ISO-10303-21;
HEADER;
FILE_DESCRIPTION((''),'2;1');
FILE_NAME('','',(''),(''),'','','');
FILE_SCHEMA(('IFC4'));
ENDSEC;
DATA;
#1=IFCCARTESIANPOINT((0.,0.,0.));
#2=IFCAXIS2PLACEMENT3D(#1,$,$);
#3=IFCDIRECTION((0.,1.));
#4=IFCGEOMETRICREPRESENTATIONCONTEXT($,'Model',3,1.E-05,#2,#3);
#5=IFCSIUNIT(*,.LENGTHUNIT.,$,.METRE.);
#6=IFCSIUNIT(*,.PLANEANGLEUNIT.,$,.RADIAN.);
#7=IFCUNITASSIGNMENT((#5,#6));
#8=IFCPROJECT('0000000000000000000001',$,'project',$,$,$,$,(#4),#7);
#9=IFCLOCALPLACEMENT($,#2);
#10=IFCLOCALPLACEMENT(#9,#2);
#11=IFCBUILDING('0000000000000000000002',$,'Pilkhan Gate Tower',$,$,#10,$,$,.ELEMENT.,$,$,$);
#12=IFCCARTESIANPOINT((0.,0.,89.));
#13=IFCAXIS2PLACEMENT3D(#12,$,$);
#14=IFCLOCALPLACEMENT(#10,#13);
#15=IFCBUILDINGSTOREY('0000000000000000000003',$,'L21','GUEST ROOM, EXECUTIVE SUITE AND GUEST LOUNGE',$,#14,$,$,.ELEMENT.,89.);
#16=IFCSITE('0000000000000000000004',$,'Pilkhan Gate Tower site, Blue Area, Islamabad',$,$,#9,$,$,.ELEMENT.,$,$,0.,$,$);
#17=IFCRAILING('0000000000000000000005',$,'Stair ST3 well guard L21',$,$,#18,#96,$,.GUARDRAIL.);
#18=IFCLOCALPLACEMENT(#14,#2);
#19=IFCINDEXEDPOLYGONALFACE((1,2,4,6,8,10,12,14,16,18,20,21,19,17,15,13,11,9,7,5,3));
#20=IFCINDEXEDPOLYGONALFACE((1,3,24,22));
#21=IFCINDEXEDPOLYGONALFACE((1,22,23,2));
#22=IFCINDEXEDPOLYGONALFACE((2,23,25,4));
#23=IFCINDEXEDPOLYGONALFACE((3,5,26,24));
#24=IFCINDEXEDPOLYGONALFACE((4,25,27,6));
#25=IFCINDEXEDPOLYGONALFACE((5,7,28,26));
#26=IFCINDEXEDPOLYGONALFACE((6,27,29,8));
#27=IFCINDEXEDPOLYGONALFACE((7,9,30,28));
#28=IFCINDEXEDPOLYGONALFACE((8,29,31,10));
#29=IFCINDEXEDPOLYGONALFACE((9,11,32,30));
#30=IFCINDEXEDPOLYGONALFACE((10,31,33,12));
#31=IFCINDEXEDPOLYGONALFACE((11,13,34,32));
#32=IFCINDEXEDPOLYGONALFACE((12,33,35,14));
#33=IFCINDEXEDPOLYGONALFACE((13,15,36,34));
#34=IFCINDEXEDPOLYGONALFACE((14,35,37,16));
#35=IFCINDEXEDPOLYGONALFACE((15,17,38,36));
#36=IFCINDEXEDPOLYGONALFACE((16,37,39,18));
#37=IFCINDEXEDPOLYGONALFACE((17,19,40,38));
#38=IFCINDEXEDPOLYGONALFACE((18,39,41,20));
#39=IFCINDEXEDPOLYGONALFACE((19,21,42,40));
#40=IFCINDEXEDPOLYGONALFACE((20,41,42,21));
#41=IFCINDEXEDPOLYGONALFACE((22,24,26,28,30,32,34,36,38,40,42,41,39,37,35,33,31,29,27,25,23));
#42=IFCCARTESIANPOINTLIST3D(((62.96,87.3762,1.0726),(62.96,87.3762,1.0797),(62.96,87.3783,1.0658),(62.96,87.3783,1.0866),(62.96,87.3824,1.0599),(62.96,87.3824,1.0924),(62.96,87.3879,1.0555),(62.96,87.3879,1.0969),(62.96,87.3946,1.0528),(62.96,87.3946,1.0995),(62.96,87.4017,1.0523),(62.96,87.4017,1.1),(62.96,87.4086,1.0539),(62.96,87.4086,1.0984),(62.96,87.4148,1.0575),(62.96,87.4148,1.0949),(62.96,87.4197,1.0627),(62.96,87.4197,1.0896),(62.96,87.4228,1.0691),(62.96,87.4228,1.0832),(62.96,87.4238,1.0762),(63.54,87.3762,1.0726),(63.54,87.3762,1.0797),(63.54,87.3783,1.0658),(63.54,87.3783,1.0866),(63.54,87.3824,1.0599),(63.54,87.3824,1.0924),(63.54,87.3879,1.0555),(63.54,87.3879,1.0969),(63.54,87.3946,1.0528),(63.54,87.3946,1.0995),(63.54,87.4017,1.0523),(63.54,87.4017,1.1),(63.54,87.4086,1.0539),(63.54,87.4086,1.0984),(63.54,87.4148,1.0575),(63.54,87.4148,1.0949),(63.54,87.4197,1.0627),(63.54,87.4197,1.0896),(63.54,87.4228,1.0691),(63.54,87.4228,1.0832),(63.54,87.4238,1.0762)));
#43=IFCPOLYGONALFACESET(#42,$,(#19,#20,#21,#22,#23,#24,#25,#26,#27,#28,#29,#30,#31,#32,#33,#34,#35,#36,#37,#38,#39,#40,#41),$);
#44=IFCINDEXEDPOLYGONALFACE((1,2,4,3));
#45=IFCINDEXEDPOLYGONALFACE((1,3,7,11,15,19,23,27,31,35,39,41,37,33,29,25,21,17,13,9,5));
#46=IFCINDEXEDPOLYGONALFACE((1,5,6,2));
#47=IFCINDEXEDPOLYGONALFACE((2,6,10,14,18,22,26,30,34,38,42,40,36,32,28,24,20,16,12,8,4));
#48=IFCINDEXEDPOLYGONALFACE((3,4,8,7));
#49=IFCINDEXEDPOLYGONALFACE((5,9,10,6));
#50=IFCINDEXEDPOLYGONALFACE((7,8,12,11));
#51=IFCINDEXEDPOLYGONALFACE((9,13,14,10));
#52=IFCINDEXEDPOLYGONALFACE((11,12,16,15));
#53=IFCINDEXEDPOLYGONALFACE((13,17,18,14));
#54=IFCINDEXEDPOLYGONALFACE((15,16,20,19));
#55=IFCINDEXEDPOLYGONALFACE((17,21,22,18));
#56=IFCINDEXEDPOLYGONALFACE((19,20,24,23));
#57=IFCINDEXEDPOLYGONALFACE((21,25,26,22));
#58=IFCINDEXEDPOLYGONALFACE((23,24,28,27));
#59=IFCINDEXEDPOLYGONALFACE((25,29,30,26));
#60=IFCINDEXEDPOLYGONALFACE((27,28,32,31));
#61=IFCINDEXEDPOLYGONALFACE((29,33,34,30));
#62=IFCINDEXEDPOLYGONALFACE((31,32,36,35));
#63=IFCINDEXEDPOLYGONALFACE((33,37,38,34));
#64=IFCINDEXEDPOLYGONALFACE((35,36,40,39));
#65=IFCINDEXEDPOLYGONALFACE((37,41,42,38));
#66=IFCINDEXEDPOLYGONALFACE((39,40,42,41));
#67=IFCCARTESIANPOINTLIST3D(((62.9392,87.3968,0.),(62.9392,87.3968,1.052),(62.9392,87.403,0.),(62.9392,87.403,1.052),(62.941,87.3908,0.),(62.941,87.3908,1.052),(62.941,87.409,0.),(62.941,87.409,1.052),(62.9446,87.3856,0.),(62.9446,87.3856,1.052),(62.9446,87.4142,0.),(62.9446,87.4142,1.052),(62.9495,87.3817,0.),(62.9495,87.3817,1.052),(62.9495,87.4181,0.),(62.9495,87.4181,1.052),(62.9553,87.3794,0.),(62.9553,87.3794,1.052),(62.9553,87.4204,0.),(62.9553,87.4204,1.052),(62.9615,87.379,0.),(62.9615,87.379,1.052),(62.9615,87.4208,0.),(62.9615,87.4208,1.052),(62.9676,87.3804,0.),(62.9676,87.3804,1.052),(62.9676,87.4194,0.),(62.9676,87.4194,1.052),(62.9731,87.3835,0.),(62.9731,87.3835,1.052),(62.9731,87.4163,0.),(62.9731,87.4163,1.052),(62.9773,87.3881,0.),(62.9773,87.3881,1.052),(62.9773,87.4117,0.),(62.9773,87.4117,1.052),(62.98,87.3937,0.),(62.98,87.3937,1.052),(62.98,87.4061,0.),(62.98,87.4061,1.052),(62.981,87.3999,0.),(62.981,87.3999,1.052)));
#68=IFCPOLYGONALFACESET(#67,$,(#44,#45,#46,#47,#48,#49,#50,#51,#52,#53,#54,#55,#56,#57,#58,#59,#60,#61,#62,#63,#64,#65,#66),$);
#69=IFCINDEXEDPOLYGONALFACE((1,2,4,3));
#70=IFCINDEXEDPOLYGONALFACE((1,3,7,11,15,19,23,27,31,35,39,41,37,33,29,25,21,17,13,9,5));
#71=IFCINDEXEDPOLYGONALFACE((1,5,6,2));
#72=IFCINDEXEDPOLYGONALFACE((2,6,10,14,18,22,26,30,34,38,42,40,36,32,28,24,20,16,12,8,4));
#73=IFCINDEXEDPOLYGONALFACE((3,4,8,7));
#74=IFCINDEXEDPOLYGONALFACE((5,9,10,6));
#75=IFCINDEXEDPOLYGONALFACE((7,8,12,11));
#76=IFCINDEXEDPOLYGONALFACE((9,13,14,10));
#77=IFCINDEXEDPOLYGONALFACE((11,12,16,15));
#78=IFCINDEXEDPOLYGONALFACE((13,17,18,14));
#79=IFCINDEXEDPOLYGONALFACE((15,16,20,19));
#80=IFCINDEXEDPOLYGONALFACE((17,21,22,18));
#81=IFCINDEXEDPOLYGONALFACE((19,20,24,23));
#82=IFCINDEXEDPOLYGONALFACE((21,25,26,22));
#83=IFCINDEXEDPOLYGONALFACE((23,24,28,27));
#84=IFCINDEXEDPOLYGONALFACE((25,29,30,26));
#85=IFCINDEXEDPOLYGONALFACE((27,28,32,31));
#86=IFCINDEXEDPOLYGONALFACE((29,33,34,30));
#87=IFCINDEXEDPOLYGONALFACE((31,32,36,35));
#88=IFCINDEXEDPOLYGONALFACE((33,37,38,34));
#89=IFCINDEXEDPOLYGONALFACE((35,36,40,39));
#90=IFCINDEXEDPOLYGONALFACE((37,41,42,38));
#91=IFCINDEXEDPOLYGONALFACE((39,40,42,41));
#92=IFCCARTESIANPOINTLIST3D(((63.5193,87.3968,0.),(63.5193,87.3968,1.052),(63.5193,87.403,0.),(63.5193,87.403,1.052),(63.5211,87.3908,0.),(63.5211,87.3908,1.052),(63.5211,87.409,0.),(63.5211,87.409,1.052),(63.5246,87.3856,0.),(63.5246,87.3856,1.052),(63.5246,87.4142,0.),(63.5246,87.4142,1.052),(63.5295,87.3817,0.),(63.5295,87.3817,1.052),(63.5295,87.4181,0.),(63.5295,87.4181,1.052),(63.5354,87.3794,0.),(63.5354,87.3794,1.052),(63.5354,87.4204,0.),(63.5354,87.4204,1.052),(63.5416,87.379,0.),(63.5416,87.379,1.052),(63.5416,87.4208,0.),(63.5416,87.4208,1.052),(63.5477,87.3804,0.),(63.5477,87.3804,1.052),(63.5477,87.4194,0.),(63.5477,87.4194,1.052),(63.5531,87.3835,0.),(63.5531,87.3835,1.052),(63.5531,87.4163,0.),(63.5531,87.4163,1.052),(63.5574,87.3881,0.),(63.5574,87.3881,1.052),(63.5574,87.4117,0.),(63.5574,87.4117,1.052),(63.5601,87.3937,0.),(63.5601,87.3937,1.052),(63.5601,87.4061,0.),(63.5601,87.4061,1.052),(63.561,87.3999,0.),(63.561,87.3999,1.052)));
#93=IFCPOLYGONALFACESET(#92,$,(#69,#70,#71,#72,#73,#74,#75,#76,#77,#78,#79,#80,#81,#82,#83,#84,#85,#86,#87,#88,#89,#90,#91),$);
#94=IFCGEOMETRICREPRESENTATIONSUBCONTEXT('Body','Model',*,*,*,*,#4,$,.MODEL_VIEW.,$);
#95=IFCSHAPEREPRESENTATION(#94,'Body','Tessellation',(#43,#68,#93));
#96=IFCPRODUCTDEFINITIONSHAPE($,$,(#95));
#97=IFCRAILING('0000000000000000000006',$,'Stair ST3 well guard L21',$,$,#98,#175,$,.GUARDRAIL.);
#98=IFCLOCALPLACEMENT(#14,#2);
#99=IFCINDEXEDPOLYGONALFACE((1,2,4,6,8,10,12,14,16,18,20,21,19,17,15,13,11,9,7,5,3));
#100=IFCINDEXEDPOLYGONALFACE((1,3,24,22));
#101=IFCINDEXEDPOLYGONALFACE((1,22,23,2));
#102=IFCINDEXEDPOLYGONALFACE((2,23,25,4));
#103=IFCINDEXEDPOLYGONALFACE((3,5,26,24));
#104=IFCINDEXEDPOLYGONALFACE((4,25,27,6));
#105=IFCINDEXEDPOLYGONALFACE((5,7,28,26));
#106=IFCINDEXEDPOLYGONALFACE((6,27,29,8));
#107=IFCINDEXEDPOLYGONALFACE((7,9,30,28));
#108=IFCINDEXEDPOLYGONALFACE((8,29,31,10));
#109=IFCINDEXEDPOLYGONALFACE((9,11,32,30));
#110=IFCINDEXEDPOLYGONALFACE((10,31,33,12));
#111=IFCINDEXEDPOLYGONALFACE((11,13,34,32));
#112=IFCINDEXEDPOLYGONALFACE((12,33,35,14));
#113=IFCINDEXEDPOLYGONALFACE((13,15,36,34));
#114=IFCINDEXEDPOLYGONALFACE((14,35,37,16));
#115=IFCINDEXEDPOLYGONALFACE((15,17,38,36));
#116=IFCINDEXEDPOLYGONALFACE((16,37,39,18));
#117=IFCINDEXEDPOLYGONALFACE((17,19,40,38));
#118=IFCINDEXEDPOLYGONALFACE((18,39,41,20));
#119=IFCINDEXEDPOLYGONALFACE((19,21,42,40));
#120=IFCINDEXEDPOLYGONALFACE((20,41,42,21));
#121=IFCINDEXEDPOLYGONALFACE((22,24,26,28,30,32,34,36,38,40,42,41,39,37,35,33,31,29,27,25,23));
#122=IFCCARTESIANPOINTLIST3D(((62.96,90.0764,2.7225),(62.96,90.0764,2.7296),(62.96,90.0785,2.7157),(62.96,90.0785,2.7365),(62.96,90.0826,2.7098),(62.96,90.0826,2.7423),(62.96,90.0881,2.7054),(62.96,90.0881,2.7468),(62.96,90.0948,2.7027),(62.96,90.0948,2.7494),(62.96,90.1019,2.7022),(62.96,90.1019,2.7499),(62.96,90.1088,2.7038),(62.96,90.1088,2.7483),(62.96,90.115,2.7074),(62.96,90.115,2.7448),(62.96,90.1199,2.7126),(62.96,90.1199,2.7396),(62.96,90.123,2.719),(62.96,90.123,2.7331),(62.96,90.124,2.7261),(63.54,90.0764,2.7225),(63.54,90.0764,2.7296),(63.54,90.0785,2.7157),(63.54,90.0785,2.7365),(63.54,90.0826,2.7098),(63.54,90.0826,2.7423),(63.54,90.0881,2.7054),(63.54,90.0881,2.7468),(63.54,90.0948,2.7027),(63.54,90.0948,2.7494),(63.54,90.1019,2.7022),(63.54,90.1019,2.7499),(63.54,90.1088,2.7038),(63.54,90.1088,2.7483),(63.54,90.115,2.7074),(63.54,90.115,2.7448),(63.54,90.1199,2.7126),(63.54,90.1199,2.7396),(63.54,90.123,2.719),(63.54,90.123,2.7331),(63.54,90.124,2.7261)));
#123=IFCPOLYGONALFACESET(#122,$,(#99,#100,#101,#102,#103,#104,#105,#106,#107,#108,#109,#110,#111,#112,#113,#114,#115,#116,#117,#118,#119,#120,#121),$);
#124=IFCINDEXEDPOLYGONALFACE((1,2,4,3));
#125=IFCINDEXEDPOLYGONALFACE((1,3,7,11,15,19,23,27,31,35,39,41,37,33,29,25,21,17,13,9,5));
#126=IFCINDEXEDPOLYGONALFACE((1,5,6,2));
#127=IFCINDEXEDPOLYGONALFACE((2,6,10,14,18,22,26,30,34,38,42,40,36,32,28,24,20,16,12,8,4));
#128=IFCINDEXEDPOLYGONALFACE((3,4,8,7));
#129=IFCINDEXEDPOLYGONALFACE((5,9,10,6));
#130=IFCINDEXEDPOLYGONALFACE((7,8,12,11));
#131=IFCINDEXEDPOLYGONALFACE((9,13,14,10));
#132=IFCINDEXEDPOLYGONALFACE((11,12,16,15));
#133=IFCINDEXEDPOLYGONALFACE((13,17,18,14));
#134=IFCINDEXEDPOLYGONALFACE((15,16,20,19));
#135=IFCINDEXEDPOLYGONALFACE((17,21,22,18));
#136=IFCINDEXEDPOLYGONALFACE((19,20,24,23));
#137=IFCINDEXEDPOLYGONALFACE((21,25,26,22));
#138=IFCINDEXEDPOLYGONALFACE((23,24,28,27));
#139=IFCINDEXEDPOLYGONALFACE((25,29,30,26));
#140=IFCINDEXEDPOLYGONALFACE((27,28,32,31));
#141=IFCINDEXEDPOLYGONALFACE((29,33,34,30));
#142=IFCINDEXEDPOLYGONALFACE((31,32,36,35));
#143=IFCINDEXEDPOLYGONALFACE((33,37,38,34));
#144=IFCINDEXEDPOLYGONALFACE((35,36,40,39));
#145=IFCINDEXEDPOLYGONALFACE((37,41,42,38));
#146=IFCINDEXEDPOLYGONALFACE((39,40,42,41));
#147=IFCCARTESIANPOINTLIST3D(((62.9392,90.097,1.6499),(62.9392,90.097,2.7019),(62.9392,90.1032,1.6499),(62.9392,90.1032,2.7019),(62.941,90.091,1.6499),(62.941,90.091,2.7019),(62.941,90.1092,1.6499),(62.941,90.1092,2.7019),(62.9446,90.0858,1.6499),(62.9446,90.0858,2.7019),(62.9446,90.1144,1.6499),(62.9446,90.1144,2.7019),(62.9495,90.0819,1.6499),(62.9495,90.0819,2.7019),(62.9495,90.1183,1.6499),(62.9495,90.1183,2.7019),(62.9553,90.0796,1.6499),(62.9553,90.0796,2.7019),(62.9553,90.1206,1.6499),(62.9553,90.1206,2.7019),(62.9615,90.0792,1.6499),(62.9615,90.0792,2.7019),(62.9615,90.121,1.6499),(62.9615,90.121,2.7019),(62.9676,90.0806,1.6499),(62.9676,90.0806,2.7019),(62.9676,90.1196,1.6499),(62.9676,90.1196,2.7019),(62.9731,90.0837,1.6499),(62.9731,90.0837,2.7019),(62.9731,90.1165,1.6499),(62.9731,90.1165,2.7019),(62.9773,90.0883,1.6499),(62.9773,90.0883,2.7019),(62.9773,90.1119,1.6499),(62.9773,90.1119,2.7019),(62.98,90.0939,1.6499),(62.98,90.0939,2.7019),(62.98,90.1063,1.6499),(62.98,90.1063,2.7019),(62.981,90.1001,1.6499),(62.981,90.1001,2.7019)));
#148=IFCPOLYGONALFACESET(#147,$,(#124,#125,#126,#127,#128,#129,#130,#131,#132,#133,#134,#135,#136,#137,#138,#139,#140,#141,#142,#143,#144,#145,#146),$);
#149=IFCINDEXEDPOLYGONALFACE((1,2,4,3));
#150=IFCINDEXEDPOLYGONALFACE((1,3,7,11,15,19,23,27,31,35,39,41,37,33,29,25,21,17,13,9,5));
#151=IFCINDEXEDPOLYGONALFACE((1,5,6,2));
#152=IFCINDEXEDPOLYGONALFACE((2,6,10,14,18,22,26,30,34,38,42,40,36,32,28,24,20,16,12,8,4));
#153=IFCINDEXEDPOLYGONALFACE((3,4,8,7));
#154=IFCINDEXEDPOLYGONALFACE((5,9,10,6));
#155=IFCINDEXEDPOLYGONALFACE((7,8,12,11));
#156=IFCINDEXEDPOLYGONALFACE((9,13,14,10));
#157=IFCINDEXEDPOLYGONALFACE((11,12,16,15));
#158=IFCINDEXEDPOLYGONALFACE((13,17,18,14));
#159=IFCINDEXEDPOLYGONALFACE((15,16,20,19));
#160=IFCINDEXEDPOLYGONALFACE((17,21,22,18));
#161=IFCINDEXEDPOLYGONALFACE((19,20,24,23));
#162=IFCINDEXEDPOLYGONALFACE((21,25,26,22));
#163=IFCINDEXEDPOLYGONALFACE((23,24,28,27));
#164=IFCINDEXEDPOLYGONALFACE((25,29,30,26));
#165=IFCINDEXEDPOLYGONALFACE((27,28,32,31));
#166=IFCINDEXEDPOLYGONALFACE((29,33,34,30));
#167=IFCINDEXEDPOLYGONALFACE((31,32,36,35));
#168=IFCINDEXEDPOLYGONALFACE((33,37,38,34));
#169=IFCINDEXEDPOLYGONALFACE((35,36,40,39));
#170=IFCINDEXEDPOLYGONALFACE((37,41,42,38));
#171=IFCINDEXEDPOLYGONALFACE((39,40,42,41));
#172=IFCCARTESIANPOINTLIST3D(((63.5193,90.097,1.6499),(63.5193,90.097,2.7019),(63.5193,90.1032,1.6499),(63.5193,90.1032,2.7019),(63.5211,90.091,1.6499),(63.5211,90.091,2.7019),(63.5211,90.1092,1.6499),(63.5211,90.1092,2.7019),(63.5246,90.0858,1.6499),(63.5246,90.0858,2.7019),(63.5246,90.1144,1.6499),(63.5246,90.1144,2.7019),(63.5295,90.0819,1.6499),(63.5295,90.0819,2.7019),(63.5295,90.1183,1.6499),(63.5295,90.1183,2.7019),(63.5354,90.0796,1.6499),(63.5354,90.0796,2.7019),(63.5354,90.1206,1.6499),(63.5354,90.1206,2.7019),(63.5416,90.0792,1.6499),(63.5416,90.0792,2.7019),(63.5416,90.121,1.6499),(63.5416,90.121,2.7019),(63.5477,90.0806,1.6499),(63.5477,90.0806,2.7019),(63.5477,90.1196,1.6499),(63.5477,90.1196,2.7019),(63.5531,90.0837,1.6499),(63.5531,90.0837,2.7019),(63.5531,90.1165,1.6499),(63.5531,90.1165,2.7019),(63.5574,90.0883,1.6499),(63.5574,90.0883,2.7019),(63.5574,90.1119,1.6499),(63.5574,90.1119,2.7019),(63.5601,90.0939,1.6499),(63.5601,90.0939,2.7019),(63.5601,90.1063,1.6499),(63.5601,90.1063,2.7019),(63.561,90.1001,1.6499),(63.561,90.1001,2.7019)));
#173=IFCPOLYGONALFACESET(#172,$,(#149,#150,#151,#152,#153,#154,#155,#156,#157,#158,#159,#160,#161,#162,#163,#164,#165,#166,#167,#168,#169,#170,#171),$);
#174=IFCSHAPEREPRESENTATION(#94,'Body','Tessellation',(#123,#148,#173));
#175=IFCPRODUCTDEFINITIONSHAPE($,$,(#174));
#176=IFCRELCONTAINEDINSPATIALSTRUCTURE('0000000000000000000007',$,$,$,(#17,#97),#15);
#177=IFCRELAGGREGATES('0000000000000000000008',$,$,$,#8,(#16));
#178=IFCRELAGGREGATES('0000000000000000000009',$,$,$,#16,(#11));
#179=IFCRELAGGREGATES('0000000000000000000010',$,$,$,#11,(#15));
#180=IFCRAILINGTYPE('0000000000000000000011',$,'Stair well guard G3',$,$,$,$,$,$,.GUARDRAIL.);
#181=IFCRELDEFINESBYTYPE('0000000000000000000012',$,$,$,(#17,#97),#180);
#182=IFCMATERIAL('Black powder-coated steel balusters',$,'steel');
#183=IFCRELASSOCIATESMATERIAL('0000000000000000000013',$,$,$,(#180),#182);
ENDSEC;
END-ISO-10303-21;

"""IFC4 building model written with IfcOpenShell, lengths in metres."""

from ifc_helpers import new_model, si_unit, direction, frame, origin, origin_2d, place, context, subcontext, project, spatial, circle, extrude, material, type_object, element, save


model = new_model("IFC4")

# Units and contexts
model_context = context("Model", 3, precision=1e-05, world=origin(), true_north=direction((0.0, 1.0)))
body_context = subcontext(model_context, "Body", "Model", "MODEL_VIEW")
ifc_project = project(units=[si_unit("LENGTHUNIT", "METRE"), si_unit("PLANEANGLEUNIT", "RADIAN")], contexts=[model_context])

# Site, building, storey
site_placement = place(None, origin())
site = spatial("IfcSite", under=ifc_project, at=site_placement, Name="Pilkhan Gate Tower site, Blue Area, Islamabad", CompositionType="ELEMENT", RefElevation=0.0)
building_placement = place(site_placement, origin())
building = spatial("IfcBuilding", under=site, at=building_placement, Name="Pilkhan Gate Tower", CompositionType="ELEMENT")
storey_placement = place(building_placement, frame((0.0, 0.0, 89.0)))
storey = spatial("IfcBuildingStorey", under=building, at=storey_placement, Name="L21", Description="GUEST ROOM, EXECUTIVE SUITE AND GUEST LOUNGE", CompositionType="ELEMENT", Elevation=89.0)

# Railings
ifc_material_1 = material(Name="Black powder-coated steel balusters", Category="steel")
railing_type_1 = type_object("IfcRailingType", Name="Stair well guard G3", PredefinedType="GUARDRAIL", material=ifc_material_1)
for number, where, name in (
    (1, (62.96, 87.3999, 0.0), "Stair ST3 well guard L21"),
    (2, (62.96, 90.1001, 1.6499), "Stair ST3 well guard L21"),
):
    element("IfcRailing", number, at=place(storey_placement, frame(where)), inside=storey, type_object=railing_type_1, Name=name, PredefinedType="GUARDRAIL", context=body_context, shape_type="SweptSolid", body=[
        extrude(circle(Radius=0.0239, at=origin_2d()), frame((0.0, 0.0, 1.0762), z_axis=(1.0, 0.0, 0.0), x_axis=(0.0, 1.0, 0.0)), (0.0, 0.0, 1.0), 0.5801),
        extrude(circle(Radius=0.021, at=origin_2d()), origin(), (0.0, 0.0, 1.0), 1.052),
        extrude(circle(Radius=0.021, at=origin_2d()), frame((0.5801, 0.0, 0.0)), (0.0, 0.0, 1.0), 1.052),
    ])

save(model, "model.ifc")
